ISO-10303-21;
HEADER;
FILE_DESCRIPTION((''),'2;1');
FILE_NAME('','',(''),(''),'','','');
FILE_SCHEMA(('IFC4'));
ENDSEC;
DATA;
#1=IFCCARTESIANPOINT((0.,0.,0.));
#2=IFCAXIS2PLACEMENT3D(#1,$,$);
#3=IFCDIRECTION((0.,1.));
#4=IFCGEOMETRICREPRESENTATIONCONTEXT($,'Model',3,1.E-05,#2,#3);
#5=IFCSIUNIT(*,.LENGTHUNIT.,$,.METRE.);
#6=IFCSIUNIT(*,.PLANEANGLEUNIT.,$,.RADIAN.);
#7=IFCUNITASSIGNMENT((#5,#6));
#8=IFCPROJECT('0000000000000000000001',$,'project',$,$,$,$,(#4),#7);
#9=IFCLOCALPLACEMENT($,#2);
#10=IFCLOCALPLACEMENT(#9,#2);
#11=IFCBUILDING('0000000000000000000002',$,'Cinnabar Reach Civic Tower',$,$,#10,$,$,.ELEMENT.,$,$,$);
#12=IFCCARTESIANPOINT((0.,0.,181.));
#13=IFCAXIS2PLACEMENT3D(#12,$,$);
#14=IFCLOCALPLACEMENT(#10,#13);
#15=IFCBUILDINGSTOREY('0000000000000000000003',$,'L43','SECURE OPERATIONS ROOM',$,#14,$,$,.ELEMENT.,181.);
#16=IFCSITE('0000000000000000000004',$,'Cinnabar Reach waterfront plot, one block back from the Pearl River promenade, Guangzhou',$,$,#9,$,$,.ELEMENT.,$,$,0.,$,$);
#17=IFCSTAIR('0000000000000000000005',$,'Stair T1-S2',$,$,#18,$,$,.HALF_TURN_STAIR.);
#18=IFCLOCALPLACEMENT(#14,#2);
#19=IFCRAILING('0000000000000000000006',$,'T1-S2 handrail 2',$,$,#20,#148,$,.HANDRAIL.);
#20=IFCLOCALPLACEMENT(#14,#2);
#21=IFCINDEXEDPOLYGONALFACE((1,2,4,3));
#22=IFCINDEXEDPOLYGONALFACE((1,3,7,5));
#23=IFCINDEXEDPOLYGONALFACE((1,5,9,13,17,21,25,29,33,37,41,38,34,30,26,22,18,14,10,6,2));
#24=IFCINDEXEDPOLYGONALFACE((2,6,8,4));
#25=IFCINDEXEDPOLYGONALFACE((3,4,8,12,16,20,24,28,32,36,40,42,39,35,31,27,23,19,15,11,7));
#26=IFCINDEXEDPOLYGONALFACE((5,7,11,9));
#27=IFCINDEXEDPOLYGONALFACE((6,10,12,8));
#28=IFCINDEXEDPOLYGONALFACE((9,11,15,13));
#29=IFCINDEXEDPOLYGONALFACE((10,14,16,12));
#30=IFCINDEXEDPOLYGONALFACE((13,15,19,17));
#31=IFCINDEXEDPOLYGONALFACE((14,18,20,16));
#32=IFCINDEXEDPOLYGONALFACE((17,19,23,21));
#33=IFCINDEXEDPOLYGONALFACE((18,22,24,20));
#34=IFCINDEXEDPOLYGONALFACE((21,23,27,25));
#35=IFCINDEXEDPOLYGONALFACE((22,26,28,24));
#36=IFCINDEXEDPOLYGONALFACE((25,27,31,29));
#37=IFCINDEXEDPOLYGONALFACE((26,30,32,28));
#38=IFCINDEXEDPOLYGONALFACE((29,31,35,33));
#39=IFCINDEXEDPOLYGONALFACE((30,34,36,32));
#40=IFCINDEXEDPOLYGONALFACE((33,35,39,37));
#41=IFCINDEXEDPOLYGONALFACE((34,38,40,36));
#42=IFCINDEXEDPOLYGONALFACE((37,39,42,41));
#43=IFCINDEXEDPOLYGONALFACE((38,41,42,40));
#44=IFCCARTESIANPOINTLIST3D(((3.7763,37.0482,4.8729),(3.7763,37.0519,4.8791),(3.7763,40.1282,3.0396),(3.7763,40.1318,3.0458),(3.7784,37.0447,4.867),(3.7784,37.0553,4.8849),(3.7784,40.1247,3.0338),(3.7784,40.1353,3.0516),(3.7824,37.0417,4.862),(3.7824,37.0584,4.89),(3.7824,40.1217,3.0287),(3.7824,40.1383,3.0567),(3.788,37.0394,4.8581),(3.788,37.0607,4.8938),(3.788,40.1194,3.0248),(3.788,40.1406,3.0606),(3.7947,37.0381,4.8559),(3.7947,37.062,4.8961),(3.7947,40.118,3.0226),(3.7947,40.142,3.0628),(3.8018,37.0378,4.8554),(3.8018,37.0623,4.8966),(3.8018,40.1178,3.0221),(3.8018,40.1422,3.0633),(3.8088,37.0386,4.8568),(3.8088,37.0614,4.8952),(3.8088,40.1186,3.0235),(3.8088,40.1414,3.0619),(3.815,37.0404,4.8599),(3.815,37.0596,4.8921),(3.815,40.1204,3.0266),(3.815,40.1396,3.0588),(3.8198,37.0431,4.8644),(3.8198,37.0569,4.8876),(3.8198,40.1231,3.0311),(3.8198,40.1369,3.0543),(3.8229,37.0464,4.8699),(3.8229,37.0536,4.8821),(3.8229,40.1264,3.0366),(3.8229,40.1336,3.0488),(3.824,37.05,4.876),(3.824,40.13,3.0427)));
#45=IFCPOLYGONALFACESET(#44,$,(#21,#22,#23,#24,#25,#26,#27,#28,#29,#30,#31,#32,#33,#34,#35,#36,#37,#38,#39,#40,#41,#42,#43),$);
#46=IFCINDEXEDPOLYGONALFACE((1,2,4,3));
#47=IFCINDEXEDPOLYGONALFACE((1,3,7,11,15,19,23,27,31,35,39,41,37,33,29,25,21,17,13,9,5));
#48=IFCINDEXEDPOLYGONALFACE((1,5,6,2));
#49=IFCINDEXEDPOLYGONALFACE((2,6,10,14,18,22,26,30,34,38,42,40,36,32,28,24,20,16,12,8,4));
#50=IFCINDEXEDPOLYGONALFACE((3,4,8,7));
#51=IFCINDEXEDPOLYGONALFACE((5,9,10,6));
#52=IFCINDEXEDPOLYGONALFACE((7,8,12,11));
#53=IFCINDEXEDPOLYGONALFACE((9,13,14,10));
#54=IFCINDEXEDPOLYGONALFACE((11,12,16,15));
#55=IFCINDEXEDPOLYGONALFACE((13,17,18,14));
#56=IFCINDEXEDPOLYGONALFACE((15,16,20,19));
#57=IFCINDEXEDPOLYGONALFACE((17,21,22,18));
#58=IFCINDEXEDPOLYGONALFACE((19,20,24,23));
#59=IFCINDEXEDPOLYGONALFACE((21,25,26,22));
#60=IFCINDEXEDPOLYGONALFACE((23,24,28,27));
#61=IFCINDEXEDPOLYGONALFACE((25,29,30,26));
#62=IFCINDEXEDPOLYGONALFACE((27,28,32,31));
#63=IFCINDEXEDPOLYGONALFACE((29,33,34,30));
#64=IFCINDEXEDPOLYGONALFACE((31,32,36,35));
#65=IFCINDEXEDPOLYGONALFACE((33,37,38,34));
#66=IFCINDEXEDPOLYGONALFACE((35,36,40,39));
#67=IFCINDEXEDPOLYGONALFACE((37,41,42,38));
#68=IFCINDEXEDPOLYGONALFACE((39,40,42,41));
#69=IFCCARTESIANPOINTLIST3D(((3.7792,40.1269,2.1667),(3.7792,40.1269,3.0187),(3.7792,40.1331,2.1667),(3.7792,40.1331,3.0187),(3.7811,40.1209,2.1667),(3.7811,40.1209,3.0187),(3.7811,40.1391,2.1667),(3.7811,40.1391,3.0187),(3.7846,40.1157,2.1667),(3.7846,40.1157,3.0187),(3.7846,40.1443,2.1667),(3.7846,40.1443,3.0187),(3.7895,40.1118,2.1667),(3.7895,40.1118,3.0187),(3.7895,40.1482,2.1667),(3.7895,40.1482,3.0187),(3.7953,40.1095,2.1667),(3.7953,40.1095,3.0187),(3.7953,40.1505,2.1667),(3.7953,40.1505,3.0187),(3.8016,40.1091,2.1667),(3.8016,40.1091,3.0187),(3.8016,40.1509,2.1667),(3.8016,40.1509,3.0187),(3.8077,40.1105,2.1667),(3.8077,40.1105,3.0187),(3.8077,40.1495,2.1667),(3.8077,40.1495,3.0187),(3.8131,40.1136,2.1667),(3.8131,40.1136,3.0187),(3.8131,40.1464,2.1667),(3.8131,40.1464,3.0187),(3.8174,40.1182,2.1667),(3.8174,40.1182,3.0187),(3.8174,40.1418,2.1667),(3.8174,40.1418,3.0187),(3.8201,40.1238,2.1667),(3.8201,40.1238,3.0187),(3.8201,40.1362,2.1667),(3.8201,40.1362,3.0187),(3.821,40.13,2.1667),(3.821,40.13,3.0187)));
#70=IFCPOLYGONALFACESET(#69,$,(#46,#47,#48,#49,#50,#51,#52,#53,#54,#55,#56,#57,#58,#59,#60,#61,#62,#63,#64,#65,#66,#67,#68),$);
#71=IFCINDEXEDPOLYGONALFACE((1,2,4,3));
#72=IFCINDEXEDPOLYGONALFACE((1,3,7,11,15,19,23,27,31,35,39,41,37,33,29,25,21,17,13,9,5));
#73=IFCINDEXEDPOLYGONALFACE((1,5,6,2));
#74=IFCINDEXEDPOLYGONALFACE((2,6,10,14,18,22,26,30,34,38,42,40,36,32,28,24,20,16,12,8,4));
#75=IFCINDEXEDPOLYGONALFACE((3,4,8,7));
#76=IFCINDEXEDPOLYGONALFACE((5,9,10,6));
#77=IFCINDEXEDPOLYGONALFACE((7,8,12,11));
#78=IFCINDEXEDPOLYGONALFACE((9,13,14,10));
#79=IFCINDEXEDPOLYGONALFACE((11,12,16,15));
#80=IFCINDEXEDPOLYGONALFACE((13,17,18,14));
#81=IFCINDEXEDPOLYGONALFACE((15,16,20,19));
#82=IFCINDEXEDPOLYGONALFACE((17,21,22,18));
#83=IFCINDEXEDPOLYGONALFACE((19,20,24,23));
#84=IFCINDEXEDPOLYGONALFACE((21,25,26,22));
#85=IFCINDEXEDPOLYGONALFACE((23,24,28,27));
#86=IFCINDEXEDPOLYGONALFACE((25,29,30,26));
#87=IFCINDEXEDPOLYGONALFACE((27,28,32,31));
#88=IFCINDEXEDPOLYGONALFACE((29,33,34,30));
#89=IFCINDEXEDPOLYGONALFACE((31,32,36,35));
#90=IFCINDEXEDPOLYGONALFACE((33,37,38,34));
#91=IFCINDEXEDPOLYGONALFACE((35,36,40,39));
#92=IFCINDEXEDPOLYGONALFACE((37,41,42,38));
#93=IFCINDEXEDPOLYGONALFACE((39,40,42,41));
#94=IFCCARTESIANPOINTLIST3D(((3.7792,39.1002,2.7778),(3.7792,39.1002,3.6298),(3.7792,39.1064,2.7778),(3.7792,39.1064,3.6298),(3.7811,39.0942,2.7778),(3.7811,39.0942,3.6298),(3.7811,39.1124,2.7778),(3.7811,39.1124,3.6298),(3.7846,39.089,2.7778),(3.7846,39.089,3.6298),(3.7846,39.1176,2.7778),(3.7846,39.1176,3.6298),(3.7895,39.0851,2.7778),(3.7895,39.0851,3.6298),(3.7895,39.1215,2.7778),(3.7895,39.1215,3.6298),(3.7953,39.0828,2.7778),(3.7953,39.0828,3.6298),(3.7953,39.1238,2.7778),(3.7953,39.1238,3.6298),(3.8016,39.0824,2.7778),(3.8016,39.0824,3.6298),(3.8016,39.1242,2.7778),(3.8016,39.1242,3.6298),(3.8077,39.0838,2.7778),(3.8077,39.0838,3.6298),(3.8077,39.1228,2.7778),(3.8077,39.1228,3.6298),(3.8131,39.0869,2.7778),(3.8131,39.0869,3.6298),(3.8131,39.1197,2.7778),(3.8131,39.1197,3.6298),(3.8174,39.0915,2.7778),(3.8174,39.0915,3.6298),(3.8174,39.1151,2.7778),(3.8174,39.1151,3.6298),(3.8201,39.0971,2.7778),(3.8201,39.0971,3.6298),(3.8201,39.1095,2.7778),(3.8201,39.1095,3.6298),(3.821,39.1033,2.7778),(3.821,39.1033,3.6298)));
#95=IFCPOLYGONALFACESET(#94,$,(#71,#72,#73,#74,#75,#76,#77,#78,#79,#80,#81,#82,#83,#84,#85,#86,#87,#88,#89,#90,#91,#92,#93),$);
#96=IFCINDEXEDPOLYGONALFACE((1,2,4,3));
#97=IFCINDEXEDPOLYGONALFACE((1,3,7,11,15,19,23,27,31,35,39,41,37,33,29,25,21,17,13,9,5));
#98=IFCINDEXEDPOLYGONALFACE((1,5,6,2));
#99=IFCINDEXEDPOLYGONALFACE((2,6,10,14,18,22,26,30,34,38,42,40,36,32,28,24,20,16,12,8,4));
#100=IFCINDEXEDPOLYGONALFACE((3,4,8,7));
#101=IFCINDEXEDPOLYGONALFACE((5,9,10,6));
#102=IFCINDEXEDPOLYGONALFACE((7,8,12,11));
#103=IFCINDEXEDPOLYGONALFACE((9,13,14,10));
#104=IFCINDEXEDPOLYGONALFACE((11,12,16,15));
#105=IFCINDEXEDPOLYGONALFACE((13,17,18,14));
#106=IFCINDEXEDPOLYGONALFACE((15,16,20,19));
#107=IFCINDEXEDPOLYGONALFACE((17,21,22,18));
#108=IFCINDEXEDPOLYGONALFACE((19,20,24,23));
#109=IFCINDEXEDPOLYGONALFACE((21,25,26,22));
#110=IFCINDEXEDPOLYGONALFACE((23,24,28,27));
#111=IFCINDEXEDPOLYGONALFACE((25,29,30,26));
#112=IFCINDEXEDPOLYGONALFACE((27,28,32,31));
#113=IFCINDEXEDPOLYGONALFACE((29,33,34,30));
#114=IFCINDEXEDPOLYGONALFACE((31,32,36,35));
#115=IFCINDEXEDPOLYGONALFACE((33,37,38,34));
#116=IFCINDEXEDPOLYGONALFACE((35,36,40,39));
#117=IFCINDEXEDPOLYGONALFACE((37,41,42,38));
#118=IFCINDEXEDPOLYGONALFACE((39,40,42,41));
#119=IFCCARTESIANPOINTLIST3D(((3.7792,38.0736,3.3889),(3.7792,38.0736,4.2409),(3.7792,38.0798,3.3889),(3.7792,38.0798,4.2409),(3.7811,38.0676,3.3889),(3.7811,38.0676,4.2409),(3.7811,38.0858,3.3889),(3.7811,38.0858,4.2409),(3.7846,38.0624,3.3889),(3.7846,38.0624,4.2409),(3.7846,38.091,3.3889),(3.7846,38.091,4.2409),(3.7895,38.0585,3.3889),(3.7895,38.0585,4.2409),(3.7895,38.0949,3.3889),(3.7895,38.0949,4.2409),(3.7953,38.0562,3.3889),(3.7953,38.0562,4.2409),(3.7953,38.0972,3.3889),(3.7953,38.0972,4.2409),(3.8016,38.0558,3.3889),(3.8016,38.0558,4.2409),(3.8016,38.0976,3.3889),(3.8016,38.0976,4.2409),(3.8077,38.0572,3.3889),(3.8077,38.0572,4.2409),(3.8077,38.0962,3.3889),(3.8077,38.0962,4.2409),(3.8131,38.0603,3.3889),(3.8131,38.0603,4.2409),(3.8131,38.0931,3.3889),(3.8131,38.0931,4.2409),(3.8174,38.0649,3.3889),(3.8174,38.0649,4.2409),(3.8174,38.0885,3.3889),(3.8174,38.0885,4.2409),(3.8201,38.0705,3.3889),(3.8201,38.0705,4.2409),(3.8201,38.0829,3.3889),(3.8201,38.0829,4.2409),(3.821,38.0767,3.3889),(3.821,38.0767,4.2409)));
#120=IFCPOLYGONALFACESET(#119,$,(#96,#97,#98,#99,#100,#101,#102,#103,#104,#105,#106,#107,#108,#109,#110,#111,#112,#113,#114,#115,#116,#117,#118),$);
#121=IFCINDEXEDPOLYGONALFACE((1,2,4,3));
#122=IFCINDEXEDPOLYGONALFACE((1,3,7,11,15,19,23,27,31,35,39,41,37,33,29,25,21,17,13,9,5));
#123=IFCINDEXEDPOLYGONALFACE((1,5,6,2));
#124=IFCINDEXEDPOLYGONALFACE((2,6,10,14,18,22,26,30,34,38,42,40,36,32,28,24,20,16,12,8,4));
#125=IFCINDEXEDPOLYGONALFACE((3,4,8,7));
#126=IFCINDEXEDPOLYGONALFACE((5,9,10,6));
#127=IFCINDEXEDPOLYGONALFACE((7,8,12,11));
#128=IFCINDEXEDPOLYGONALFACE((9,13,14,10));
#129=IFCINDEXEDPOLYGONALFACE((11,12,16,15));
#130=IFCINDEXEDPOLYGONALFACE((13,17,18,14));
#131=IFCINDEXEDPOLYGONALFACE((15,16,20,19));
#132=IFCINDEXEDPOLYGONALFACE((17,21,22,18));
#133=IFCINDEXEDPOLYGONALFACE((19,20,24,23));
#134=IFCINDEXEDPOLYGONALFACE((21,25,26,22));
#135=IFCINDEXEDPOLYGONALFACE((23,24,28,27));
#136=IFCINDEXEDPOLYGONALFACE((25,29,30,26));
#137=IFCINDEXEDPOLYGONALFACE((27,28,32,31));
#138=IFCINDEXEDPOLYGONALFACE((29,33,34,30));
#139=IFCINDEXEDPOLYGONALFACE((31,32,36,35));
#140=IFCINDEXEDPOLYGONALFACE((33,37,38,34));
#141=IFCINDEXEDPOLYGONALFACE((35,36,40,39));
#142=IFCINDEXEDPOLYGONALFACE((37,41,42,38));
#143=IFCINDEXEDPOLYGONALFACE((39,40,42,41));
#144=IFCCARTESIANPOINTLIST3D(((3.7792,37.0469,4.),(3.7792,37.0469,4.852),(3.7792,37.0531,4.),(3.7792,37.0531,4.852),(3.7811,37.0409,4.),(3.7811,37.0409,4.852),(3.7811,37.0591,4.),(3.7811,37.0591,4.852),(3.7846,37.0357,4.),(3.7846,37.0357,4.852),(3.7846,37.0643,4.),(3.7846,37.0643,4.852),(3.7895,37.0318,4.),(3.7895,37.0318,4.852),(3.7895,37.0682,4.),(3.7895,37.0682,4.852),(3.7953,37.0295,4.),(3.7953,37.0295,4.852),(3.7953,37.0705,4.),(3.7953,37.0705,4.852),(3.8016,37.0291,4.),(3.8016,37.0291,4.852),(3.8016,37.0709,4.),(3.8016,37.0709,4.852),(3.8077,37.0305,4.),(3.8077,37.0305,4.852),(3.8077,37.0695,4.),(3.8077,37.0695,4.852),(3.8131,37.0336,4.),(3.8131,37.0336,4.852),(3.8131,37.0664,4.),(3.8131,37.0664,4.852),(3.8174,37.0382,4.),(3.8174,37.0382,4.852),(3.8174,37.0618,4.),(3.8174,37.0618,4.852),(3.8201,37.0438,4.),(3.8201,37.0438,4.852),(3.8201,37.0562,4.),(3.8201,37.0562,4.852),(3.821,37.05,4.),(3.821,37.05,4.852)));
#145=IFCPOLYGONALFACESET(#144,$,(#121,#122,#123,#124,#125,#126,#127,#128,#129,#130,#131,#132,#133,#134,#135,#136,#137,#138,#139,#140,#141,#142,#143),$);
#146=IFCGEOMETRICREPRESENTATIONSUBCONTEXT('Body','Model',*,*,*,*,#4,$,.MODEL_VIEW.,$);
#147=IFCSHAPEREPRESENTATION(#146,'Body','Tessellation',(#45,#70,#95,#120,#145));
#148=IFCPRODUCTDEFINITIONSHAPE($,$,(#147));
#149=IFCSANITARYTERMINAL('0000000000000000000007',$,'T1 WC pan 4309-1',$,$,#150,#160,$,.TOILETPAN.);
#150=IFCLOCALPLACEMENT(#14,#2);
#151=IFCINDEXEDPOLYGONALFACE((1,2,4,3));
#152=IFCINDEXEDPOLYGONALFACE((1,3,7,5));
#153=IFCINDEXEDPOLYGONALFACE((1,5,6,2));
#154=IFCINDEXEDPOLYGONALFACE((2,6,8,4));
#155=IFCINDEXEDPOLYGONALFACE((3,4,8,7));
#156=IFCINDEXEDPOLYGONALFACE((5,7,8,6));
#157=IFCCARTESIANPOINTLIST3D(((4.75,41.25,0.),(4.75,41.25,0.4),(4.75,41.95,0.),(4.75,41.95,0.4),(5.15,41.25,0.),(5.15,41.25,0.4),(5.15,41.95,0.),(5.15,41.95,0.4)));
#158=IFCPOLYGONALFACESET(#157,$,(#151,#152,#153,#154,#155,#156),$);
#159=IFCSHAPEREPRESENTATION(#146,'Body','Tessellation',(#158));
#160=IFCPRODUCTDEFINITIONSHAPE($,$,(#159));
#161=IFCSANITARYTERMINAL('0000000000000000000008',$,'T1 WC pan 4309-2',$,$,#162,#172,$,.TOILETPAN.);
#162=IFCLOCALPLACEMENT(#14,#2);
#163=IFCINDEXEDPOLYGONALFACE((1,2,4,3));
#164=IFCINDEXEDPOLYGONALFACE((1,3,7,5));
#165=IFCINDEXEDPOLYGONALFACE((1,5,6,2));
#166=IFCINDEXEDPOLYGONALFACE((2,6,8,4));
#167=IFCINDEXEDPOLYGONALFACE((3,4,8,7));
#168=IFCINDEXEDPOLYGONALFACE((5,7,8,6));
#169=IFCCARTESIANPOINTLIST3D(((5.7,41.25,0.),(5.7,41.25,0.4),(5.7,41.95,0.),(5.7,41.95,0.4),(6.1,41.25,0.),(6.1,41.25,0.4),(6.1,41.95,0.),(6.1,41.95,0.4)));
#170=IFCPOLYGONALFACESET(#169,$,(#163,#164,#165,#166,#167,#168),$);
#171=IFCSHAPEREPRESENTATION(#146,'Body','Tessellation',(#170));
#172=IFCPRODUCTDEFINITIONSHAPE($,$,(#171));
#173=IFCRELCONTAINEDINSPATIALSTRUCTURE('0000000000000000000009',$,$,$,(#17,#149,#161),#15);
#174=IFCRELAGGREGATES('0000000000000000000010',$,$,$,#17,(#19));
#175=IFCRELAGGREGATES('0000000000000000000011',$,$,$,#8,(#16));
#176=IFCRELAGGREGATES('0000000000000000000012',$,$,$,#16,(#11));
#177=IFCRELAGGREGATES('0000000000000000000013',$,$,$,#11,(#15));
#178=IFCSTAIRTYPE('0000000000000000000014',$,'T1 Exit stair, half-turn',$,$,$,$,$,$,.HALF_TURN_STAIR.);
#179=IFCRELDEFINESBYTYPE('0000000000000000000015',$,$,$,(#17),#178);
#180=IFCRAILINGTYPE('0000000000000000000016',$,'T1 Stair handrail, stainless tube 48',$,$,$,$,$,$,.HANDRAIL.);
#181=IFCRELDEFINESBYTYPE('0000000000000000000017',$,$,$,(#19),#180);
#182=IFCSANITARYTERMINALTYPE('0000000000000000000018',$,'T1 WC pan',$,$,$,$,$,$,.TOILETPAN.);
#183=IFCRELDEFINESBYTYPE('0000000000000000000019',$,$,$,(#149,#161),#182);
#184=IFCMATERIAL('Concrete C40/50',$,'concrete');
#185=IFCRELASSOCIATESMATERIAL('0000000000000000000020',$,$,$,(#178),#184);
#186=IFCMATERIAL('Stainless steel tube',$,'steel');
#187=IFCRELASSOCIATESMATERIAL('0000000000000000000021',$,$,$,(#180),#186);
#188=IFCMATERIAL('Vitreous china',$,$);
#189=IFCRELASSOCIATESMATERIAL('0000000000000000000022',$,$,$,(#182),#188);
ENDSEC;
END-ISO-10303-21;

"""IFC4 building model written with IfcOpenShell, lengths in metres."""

from ifc_helpers import new_model, si_unit, direction, frame, origin, origin_2d, place, context, subcontext, project, spatial, rectangle, circle, extrude, material, type_object, element, aggregate, save


model = new_model("IFC4")

# Units and contexts
model_context = context("Model", 3, precision=1e-05, world=origin(), true_north=direction((0.0, 1.0)))
body_context = subcontext(model_context, "Body", "Model", "MODEL_VIEW")
ifc_project = project(units=[si_unit("LENGTHUNIT", "METRE"), si_unit("PLANEANGLEUNIT", "RADIAN")], contexts=[model_context])

# Site, building, storey
site_placement = place(None, origin())
site = spatial("IfcSite", under=ifc_project, at=site_placement, Name="Cinnabar Reach waterfront plot, one block back from the Pearl River promenade, Guangzhou", CompositionType="ELEMENT", RefElevation=0.0)
building_placement = place(site_placement, origin())
building = spatial("IfcBuilding", under=site, at=building_placement, Name="Cinnabar Reach Civic Tower", CompositionType="ELEMENT")
storey_placement = place(building_placement, frame((0.0, 0.0, 181.0)))
storey = spatial("IfcBuildingStorey", under=building, at=storey_placement, Name="L43", Description="SECURE OPERATIONS ROOM", CompositionType="ELEMENT", Elevation=181.0)

# Shared definitions
ifc_material_1 = material(Name="Concrete C40/50", Category="concrete")

# Stair, railing
stair_type = type_object("IfcStairType", Name="T1 Exit stair, half-turn", PredefinedType="HALF_TURN_STAIR", material=ifc_material_1)
stair_placement = place(storey_placement, origin())
stair = element("IfcStair", 1, at=stair_placement, inside=storey, type_object=stair_type, Name="Stair T1-S2", PredefinedType="HALF_TURN_STAIR")
ifc_material_2 = material(Name="Stainless steel tube", Category="steel")
railing_type = type_object("IfcRailingType", Name="T1 Stair handrail, stainless tube 48", PredefinedType="HANDRAIL", material=ifc_material_2)
railing_1_placement = place(storey_placement, frame((3.8, 40.13, 2.1667)))
railing_1 = element("IfcRailing", 2, at=railing_1_placement, type_object=railing_type, Name="T1-S2 handrail 2", PredefinedType="HANDRAIL", context=body_context, shape_type="SweptSolid", body=[
    extrude(circle(Radius=0.024, at=origin_2d()), frame((0.0, 0.0, 0.876), z_axis=(0.0, -0.859297, 0.511477), x_axis=(1.0, 0.0, 0.0)), (0.0, 0.0, 1.0), 3.5843),
    extrude(circle(Radius=0.021, at=origin_2d()), origin(), (0.0, 0.0, 1.0), 0.852),
    extrude(circle(Radius=0.021, at=origin_2d()), frame((0.0, -1.0267, 0.6111)), (0.0, 0.0, 1.0), 0.852),
    extrude(circle(Radius=0.021, at=origin_2d()), frame((0.0, -2.0533, 1.2222)), (0.0, 0.0, 1.0), 0.852),
    extrude(circle(Radius=0.021, at=origin_2d()), frame((0.0, -3.08, 1.8333)), (0.0, 0.0, 1.0), 0.852),
])
aggregate(stair, [railing_1])

# Sanitary terminals
ifc_material_3 = material(Name="Vitreous china")
sanitary_terminal_type = type_object("IfcSanitaryTerminalType", Name="T1 WC pan", PredefinedType="TOILETPAN", material=ifc_material_3)
for number, where, z_axis, x_axis, name in (
    (3, (4.95, 41.6, 0.0), (0.0, 0.0, 1.0), (1.0, 0.0, 0.0), "T1 WC pan 4309-1"),
    (4, (5.9, 41.6, 0.0), (0.0, 0.0, 1.0), (1.0, 0.0, 0.0), "T1 WC pan 4309-2"),
):
    element("IfcSanitaryTerminal", number, at=place(storey_placement, frame(where, z_axis=z_axis, x_axis=x_axis)), inside=storey, type_object=sanitary_terminal_type, Name=name, PredefinedType="TOILETPAN", context=body_context, shape_type="SweptSolid", body=[
        extrude(rectangle(XDim=0.4, YDim=0.7, at=origin_2d()), origin(), (0.0, 0.0, 1.0), 0.4),
    ])

save(model, "model.ifc")
